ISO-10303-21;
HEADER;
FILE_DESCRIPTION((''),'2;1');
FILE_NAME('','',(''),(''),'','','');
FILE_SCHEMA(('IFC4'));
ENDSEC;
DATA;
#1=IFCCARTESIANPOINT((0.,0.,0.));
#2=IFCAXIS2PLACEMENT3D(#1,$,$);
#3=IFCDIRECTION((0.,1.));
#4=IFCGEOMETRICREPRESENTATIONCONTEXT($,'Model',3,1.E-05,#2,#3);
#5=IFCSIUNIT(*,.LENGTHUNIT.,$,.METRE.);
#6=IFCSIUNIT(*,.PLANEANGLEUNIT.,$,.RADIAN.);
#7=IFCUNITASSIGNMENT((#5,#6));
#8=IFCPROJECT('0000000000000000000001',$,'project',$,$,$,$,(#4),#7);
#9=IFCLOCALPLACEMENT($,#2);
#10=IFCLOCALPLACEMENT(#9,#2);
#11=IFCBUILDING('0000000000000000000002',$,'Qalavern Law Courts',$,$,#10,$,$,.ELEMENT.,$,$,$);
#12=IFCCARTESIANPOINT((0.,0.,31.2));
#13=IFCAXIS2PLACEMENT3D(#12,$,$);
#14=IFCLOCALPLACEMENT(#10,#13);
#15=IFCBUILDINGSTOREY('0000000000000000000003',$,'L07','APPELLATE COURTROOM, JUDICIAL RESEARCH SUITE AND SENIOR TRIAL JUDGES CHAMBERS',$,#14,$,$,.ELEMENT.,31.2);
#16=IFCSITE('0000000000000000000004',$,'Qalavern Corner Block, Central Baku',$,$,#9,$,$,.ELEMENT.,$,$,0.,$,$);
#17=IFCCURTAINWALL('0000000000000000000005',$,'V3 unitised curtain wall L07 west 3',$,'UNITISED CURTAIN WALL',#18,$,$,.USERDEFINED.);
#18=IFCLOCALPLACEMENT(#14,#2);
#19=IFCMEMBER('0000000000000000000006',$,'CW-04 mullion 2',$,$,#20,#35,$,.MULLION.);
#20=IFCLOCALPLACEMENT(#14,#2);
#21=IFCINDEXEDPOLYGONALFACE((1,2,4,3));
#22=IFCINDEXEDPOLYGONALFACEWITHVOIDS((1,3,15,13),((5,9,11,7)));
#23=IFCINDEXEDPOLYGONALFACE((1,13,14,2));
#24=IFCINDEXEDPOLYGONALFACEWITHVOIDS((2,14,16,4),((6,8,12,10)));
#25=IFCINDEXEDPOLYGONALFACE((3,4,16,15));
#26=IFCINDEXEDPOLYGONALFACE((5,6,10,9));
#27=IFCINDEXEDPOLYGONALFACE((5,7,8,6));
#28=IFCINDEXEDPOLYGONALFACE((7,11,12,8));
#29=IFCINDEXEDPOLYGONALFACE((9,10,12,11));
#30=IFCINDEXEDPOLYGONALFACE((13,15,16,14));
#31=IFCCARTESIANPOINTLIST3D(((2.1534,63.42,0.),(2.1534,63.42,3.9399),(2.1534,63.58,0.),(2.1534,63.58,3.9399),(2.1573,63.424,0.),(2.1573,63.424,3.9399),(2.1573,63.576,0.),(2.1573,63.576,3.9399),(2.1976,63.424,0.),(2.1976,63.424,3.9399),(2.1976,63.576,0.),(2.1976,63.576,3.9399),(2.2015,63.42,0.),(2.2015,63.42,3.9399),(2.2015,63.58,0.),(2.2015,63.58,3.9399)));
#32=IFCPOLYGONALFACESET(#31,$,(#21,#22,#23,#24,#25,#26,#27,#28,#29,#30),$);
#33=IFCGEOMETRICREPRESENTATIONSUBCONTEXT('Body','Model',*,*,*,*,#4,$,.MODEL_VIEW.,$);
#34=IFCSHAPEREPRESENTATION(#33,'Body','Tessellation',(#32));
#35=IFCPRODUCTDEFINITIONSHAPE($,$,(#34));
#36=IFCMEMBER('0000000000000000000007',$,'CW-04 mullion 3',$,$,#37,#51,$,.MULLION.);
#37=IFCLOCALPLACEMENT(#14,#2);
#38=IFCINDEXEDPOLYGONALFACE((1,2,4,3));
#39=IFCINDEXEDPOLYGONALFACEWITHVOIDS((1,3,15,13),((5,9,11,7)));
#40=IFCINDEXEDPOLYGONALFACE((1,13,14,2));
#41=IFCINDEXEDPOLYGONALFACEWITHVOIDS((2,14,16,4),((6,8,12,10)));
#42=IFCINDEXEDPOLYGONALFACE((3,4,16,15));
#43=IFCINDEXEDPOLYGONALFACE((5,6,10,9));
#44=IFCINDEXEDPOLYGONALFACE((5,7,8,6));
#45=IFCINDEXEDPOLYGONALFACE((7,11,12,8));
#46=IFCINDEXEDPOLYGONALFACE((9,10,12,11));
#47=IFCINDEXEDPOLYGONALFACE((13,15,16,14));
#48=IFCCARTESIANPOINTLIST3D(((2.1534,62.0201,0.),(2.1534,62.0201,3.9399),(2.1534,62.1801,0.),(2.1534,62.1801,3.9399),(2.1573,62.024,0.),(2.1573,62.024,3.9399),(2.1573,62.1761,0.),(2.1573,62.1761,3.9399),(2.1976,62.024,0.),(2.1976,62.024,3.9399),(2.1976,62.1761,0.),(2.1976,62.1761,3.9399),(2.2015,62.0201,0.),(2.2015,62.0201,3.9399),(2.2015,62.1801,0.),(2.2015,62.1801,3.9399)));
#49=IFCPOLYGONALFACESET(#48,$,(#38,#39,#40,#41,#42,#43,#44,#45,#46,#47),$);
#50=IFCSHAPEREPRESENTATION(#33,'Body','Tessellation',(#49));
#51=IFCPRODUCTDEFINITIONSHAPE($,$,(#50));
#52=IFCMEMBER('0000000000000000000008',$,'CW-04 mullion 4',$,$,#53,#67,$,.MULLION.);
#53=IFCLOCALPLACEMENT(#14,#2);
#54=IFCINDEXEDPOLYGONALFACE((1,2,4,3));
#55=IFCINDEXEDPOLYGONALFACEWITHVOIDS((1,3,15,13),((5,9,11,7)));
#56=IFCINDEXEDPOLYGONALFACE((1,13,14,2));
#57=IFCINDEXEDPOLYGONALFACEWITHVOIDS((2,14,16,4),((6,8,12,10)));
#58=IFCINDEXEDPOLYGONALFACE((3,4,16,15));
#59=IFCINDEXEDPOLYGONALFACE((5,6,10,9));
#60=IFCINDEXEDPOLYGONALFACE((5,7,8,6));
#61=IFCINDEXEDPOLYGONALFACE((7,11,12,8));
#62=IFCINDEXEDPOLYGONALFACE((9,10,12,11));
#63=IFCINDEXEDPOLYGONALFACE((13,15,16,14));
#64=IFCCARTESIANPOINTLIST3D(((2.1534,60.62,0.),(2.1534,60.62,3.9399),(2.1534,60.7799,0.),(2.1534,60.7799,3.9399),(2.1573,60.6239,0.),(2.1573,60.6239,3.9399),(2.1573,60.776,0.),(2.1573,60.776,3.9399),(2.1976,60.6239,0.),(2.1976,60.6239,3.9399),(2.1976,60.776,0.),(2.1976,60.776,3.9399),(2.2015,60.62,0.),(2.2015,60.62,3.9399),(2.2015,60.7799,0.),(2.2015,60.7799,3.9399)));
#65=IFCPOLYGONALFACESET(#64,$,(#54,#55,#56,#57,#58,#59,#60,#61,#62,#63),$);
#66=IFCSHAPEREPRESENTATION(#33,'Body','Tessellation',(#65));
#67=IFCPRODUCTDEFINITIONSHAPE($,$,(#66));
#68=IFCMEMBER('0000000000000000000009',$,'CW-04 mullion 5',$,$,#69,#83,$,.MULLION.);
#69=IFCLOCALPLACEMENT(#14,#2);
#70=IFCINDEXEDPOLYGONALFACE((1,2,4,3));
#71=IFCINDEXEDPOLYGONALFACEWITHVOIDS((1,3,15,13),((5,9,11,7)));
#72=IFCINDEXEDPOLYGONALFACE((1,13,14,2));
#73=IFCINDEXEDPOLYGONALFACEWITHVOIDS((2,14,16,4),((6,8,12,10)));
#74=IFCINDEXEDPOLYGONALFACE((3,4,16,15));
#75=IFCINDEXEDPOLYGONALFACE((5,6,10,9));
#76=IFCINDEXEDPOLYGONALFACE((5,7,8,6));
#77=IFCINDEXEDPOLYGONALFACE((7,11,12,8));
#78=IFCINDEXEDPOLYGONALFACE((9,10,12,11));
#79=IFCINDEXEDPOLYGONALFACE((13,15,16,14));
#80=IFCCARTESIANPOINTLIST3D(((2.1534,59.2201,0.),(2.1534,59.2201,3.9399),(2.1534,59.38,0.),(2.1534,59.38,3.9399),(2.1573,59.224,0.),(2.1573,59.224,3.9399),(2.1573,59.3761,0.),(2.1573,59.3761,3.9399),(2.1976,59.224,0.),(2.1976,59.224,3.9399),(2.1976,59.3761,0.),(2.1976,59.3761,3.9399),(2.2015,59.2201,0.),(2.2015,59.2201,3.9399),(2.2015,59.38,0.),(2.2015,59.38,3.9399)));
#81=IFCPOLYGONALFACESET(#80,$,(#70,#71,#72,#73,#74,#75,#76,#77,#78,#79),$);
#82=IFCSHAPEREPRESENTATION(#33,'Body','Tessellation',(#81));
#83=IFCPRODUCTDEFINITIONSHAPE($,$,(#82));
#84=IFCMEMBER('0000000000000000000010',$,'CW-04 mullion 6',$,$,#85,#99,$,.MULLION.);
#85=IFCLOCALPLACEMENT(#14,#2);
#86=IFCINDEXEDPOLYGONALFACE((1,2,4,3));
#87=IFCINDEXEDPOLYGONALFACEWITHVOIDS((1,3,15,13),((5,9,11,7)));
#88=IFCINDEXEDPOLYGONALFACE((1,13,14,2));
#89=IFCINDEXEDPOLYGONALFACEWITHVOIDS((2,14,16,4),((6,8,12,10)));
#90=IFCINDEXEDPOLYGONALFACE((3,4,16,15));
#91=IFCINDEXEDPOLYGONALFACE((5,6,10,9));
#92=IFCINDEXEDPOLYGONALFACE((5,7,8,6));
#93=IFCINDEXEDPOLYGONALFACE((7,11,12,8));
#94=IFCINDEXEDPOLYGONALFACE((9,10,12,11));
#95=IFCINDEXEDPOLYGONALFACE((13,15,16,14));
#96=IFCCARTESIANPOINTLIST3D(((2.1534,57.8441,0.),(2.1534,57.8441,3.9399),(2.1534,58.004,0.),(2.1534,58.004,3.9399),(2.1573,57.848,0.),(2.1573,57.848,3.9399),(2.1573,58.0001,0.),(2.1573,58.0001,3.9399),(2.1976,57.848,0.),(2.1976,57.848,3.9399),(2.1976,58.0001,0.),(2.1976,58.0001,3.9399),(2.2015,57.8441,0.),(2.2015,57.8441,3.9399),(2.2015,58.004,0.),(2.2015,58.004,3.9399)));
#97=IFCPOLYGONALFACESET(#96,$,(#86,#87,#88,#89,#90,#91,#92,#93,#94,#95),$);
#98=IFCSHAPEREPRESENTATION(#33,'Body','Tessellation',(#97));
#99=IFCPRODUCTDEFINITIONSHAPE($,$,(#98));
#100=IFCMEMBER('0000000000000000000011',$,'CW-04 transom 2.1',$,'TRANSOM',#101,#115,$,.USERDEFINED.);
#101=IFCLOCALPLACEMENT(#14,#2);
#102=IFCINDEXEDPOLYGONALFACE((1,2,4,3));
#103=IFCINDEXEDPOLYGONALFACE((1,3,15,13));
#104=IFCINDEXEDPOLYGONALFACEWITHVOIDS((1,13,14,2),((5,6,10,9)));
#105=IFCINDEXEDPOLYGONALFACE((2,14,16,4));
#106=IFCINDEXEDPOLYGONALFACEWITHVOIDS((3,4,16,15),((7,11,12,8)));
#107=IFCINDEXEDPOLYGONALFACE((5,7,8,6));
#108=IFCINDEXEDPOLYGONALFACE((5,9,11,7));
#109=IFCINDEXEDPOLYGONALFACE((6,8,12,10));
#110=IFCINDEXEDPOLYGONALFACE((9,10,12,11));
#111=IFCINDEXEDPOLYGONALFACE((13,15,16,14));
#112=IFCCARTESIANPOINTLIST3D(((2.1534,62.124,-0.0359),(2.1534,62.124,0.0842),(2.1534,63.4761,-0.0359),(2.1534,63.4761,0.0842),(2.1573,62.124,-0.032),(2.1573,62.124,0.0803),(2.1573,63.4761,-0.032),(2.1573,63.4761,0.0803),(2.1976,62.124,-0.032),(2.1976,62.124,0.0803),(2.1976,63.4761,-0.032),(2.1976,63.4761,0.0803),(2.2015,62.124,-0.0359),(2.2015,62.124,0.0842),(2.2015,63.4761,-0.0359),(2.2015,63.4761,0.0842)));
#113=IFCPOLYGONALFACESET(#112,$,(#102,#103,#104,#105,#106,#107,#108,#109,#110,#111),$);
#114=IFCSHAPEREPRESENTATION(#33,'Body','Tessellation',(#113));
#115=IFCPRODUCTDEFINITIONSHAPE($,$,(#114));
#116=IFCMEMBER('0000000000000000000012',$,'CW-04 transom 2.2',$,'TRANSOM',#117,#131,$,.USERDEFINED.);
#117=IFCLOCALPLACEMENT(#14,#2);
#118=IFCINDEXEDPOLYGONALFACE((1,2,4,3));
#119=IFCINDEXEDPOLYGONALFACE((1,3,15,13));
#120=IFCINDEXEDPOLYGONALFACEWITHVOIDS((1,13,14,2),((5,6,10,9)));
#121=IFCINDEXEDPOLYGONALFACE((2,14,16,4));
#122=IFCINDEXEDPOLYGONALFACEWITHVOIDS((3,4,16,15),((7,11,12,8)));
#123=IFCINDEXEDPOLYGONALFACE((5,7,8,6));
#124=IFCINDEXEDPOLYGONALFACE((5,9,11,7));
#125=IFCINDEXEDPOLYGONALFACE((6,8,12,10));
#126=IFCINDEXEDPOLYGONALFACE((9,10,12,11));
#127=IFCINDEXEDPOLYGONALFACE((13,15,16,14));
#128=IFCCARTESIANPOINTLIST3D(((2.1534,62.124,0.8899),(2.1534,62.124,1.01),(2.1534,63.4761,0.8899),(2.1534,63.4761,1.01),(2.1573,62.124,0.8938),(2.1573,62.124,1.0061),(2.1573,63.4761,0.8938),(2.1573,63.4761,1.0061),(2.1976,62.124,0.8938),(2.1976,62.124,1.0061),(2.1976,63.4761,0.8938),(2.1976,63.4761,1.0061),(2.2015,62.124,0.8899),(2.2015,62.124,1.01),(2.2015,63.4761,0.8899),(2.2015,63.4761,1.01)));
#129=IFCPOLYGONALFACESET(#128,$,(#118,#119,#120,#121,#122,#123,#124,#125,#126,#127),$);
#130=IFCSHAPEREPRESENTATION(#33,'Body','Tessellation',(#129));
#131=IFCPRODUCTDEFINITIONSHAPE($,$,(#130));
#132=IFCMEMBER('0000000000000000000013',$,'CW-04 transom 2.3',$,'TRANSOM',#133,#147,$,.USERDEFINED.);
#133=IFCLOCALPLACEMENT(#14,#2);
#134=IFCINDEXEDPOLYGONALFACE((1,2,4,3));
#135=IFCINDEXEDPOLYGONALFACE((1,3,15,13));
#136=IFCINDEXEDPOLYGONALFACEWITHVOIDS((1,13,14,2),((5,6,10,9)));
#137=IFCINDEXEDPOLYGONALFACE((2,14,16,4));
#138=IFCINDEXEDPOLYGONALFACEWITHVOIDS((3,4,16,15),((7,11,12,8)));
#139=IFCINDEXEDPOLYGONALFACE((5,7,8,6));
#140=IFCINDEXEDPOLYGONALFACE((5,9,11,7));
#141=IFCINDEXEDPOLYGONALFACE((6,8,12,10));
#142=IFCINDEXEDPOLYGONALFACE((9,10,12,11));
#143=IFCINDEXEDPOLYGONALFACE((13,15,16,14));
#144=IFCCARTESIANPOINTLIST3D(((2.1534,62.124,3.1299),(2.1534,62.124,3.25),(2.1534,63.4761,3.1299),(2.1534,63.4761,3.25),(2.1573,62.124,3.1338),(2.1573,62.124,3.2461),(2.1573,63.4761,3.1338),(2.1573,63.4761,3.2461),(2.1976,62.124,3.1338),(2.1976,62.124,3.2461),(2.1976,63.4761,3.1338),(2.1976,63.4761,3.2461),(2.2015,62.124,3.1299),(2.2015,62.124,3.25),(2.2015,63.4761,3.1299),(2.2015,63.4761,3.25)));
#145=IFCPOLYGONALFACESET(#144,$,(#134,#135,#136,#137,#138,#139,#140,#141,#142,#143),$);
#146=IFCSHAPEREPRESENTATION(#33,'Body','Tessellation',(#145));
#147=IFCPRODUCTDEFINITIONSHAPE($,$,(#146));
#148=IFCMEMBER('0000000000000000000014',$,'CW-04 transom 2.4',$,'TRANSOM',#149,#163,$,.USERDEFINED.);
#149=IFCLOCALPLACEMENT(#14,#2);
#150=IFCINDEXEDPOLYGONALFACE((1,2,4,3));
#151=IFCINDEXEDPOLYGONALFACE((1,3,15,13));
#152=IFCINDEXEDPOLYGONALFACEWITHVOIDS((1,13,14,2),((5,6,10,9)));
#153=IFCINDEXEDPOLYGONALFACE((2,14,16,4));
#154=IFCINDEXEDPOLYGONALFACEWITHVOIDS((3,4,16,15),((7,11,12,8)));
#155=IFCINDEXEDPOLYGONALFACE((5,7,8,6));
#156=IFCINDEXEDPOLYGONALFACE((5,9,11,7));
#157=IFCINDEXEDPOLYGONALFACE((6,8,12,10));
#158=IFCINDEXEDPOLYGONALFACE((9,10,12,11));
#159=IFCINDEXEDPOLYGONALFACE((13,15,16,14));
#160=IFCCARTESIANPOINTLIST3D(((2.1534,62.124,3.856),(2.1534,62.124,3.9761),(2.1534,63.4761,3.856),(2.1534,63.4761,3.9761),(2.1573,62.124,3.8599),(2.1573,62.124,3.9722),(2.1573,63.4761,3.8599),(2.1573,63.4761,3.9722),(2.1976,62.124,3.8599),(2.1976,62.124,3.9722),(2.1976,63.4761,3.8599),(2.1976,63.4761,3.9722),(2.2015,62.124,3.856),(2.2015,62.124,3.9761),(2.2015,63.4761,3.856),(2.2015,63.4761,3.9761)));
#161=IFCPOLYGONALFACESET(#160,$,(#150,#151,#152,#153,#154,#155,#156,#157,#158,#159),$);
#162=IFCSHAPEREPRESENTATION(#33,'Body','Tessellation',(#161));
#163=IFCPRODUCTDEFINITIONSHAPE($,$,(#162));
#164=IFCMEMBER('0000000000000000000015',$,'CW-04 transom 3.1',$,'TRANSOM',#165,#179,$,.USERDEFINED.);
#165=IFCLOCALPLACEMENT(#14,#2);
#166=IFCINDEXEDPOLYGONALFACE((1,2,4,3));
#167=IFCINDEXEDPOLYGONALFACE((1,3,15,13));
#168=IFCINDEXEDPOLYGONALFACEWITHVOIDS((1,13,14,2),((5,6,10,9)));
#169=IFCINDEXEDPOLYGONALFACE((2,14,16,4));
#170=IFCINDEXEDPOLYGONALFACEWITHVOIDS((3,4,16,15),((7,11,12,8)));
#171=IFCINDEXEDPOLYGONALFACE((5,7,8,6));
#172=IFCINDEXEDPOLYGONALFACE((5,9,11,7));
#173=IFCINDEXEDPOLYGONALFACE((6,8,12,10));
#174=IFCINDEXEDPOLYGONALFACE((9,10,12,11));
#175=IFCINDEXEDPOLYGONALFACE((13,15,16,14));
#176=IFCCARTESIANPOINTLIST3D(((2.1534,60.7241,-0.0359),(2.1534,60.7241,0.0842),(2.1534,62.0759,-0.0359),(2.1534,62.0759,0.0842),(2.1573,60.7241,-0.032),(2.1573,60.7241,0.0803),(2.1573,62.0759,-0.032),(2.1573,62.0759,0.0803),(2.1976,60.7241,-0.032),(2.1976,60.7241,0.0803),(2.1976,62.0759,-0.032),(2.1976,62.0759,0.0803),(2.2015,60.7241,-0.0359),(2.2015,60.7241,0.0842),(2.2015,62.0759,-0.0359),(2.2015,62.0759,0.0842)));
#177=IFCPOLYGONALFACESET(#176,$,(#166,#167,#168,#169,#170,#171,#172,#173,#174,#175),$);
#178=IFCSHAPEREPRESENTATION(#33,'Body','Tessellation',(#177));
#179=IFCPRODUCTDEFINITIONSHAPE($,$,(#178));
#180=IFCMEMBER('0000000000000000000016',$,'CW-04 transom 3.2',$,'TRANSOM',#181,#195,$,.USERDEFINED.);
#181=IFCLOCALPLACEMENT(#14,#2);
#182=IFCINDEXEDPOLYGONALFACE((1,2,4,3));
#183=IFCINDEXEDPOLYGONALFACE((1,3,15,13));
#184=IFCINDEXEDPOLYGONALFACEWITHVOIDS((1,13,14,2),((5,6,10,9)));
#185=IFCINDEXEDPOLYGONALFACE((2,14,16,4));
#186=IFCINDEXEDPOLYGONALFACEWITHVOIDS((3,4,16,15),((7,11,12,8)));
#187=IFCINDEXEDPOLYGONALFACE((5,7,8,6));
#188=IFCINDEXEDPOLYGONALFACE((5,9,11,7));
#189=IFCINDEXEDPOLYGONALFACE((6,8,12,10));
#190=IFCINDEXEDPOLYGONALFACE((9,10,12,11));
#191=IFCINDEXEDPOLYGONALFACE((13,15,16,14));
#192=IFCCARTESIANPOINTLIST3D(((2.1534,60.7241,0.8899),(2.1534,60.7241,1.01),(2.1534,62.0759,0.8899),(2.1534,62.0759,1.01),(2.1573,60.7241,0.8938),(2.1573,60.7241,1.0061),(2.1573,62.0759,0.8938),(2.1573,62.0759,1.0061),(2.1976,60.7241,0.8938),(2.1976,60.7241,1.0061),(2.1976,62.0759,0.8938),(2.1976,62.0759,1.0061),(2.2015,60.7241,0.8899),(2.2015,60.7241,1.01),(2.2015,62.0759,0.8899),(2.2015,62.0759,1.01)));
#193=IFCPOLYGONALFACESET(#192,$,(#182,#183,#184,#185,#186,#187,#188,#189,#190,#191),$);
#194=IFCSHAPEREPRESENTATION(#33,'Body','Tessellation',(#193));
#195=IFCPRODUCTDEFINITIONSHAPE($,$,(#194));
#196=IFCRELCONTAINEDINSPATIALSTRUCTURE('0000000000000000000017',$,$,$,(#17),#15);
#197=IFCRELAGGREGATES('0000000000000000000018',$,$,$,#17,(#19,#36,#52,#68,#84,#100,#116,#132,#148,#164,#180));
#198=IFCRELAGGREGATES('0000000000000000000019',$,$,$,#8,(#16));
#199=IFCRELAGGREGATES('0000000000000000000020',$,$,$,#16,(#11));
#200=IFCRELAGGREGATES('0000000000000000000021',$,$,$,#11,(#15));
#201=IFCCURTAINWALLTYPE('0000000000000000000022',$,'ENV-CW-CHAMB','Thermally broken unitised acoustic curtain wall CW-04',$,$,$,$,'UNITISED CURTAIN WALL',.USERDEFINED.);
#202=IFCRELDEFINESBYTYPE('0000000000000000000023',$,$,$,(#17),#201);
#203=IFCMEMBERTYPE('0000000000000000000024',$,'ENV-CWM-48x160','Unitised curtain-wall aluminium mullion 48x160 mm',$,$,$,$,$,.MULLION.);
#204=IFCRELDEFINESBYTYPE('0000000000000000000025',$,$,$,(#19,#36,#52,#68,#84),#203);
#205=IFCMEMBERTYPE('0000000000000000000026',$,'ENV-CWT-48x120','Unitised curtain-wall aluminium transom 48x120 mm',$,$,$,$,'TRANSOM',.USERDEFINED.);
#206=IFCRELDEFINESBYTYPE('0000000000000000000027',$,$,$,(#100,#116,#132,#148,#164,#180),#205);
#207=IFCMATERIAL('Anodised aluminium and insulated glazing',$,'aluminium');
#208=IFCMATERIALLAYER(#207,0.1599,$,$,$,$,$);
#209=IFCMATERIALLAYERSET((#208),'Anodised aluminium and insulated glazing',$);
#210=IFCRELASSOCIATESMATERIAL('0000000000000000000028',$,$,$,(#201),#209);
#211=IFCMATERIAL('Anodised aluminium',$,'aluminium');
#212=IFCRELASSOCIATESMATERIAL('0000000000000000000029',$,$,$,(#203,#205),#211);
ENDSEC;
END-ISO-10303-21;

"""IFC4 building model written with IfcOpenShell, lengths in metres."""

from ifc_helpers import new_model, si_unit, direction, frame, origin, origin_2d, place, context, subcontext, project, spatial, hollow_rectangle, extrude, material, layer, layer_set, material_profile, profile_set, type_object, element, aggregate, save


model = new_model("IFC4")

# Units and contexts
model_context = context("Model", 3, precision=1e-05, world=origin(), true_north=direction((0.0, 1.0)))
body_context = subcontext(model_context, "Body", "Model", "MODEL_VIEW")
ifc_project = project(units=[si_unit("LENGTHUNIT", "METRE"), si_unit("PLANEANGLEUNIT", "RADIAN")], contexts=[model_context])

# Site, building, storey
site_placement = place(None, origin())
site = spatial("IfcSite", under=ifc_project, at=site_placement, Name="Qalavern Corner Block, Central Baku", CompositionType="ELEMENT", RefElevation=0.0)
building_placement = place(site_placement, origin())
building = spatial("IfcBuilding", under=site, at=building_placement, Name="Qalavern Law Courts", CompositionType="ELEMENT")
storey_placement = place(building_placement, frame((0.0, 0.0, 31.2)))
storey = spatial("IfcBuildingStorey", under=building, at=storey_placement, Name="L07", Description="APPELLATE COURTROOM, JUDICIAL RESEARCH SUITE AND SENIOR TRIAL JUDGES CHAMBERS", CompositionType="ELEMENT", Elevation=31.2)

# Curtain wall, members
ifc_material_1 = material(Name="Anodised aluminium and insulated glazing", Category="aluminium")
ifc_layer_1 = layer(ifc_material_1, 0.1599)
ifc_layer_set_1 = layer_set([ifc_layer_1], Name="Anodised aluminium and insulated glazing")
curtain_wall_type = type_object("IfcCurtainWallType", Name="ENV-CW-CHAMB", Description="Thermally broken unitised acoustic curtain wall CW-04", ElementType="UNITISED CURTAIN WALL", PredefinedType="USERDEFINED", material=ifc_layer_set_1)
curtain_wall_placement = place(storey_placement, origin())
curtain_wall = element("IfcCurtainWall", 1, at=curtain_wall_placement, inside=storey, type_object=curtain_wall_type, Name="V3 unitised curtain wall L07 west 3", ObjectType="UNITISED CURTAIN WALL", PredefinedType="USERDEFINED")
ifc_material_2 = material(Name="Anodised aluminium", Category="aluminium")
ifc_material_profile_1 = material_profile(ifc_material_2, hollow_rectangle(XDim=0.0481, YDim=0.1599, WallThickness=0.0039, at=origin_2d()), Name="ALU MULLION 48x160")
ifc_profile_set_1 = profile_set([ifc_material_profile_1], Name="Anodised aluminium")
member_type_1 = type_object("IfcMemberType", Name="ENV-CWM-48x160", Description="Unitised curtain-wall aluminium mullion 48x160 mm", PredefinedType="MULLION", material=ifc_profile_set_1)
member_1_placement = place(storey_placement, frame((2.1775, 63.5, 0.0), z_axis=(0.0, 0.0, 1.0), x_axis=(1.0, 0.0, 0.0)))
member_1 = element("IfcMember", 2, at=member_1_placement, type_object=member_type_1, Name="CW-04 mullion 2", PredefinedType="MULLION", context=body_context, shape_type="SweptSolid", body=[
    extrude(hollow_rectangle(XDim=0.0481, YDim=0.1599, WallThickness=0.0039, at=origin_2d()), origin(), (0.0, 0.0, 1.0), 3.9399),
])
member_2_placement = place(storey_placement, frame((2.1775, 62.1001, 0.0), z_axis=(0.0, 0.0, 1.0), x_axis=(1.0, 0.0, 0.0)))
member_2 = element("IfcMember", 3, at=member_2_placement, type_object=member_type_1, Name="CW-04 mullion 3", PredefinedType="MULLION", context=body_context, shape_type="SweptSolid", body=[
    extrude(hollow_rectangle(XDim=0.0481, YDim=0.1599, WallThickness=0.0039, at=origin_2d()), origin(), (0.0, 0.0, 1.0), 3.9399),
])
member_3_placement = place(storey_placement, frame((2.1775, 60.7, 0.0), z_axis=(0.0, 0.0, 1.0), x_axis=(1.0, 0.0, 0.0)))
member_3 = element("IfcMember", 4, at=member_3_placement, type_object=member_type_1, Name="CW-04 mullion 4", PredefinedType="MULLION", context=body_context, shape_type="SweptSolid", body=[
    extrude(hollow_rectangle(XDim=0.0481, YDim=0.1599, WallThickness=0.0039, at=origin_2d()), origin(), (0.0, 0.0, 1.0), 3.9399),
])
member_4_placement = place(storey_placement, frame((2.1775, 59.3, 0.0), z_axis=(0.0, 0.0, 1.0), x_axis=(1.0, 0.0, 0.0)))
member_4 = element("IfcMember", 5, at=member_4_placement, type_object=member_type_1, Name="CW-04 mullion 5", PredefinedType="MULLION", context=body_context, shape_type="SweptSolid", body=[
    extrude(hollow_rectangle(XDim=0.0481, YDim=0.1599, WallThickness=0.0039, at=origin_2d()), origin(), (0.0, 0.0, 1.0), 3.9399),
])
member_5_placement = place(storey_placement, frame((2.1775, 57.9241, 0.0), z_axis=(0.0, 0.0, 1.0), x_axis=(1.0, 0.0, 0.0)))
member_5 = element("IfcMember", 6, at=member_5_placement, type_object=member_type_1, Name="CW-04 mullion 6", PredefinedType="MULLION", context=body_context, shape_type="SweptSolid", body=[
    extrude(hollow_rectangle(XDim=0.0481, YDim=0.1599, WallThickness=0.0039, at=origin_2d()), origin(), (0.0, 0.0, 1.0), 3.9399),
])
ifc_material_profile_2 = material_profile(ifc_material_2, hollow_rectangle(XDim=0.0481, YDim=0.1201, WallThickness=0.0039, at=origin_2d()), Name="ALU TRANSOM 48x120")
ifc_profile_set_2 = profile_set([ifc_material_profile_2], Name="Anodised aluminium")
member_type_2 = type_object("IfcMemberType", Name="ENV-CWT-48x120", Description="Unitised curtain-wall aluminium transom 48x120 mm", ElementType="TRANSOM", PredefinedType="USERDEFINED", material=ifc_profile_set_2)
member_6_placement = place(storey_placement, frame((2.1775, 63.4761, 0.0242), z_axis=(0.0, -1.0, 0.0), x_axis=(1.0, 0.0, 0.0)))
member_6 = element("IfcMember", 7, at=member_6_placement, type_object=member_type_2, Name="CW-04 transom 2.1", ObjectType="TRANSOM", PredefinedType="USERDEFINED", context=body_context, shape_type="SweptSolid", body=[
    extrude(hollow_rectangle(XDim=0.0481, YDim=0.1201, WallThickness=0.0039, at=origin_2d()), origin(), (0.0, 0.0, 1.0), 1.3521),
])
member_7_placement = place(storey_placement, frame((2.1775, 63.4761, 0.95), z_axis=(0.0, -1.0, 0.0), x_axis=(1.0, 0.0, 0.0)))
member_7 = element("IfcMember", 8, at=member_7_placement, type_object=member_type_2, Name="CW-04 transom 2.2", ObjectType="TRANSOM", PredefinedType="USERDEFINED", context=body_context, shape_type="SweptSolid", body=[
    extrude(hollow_rectangle(XDim=0.0481, YDim=0.1201, WallThickness=0.0039, at=origin_2d()), origin(), (0.0, 0.0, 1.0), 1.3521),
])
member_8_placement = place(storey_placement, frame((2.1775, 63.4761, 3.1899), z_axis=(0.0, -1.0, 0.0), x_axis=(1.0, 0.0, 0.0)))
member_8 = element("IfcMember", 9, at=member_8_placement, type_object=member_type_2, Name="CW-04 transom 2.3", ObjectType="TRANSOM", PredefinedType="USERDEFINED", context=body_context, shape_type="SweptSolid", body=[
    extrude(hollow_rectangle(XDim=0.0481, YDim=0.1201, WallThickness=0.0039, at=origin_2d()), origin(), (0.0, 0.0, 1.0), 1.3521),
])
member_9_placement = place(storey_placement, frame((2.1775, 63.4761, 3.916), z_axis=(0.0, -1.0, 0.0), x_axis=(1.0, 0.0, 0.0)))
member_9 = element("IfcMember", 10, at=member_9_placement, type_object=member_type_2, Name="CW-04 transom 2.4", ObjectType="TRANSOM", PredefinedType="USERDEFINED", context=body_context, shape_type="SweptSolid", body=[
    extrude(hollow_rectangle(XDim=0.0481, YDim=0.1201, WallThickness=0.0039, at=origin_2d()), origin(), (0.0, 0.0, 1.0), 1.3521),
])
member_10_placement = place(storey_placement, frame((2.1775, 62.0759, 0.0242), z_axis=(0.0, -1.0, 0.0), x_axis=(1.0, 0.0, 0.0)))
member_10 = element("IfcMember", 11, at=member_10_placement, type_object=member_type_2, Name="CW-04 transom 3.1", ObjectType="TRANSOM", PredefinedType="USERDEFINED", context=body_context, shape_type="SweptSolid", body=[
    extrude(hollow_rectangle(XDim=0.0481, YDim=0.1201, WallThickness=0.0039, at=origin_2d()), origin(), (0.0, 0.0, 1.0), 1.3518),
])
member_11_placement = place(storey_placement, frame((2.1775, 62.0759, 0.95), z_axis=(0.0, -1.0, 0.0), x_axis=(1.0, 0.0, 0.0)))
member_11 = element("IfcMember", 12, at=member_11_placement, type_object=member_type_2, Name="CW-04 transom 3.2", ObjectType="TRANSOM", PredefinedType="USERDEFINED", context=body_context, shape_type="SweptSolid", body=[
    extrude(hollow_rectangle(XDim=0.0481, YDim=0.1201, WallThickness=0.0039, at=origin_2d()), origin(), (0.0, 0.0, 1.0), 1.3518),
])
aggregate(curtain_wall, [member_1, member_2, member_3, member_4, member_5, member_6, member_7, member_8, member_9, member_10, member_11])

save(model, "model.ifc")
